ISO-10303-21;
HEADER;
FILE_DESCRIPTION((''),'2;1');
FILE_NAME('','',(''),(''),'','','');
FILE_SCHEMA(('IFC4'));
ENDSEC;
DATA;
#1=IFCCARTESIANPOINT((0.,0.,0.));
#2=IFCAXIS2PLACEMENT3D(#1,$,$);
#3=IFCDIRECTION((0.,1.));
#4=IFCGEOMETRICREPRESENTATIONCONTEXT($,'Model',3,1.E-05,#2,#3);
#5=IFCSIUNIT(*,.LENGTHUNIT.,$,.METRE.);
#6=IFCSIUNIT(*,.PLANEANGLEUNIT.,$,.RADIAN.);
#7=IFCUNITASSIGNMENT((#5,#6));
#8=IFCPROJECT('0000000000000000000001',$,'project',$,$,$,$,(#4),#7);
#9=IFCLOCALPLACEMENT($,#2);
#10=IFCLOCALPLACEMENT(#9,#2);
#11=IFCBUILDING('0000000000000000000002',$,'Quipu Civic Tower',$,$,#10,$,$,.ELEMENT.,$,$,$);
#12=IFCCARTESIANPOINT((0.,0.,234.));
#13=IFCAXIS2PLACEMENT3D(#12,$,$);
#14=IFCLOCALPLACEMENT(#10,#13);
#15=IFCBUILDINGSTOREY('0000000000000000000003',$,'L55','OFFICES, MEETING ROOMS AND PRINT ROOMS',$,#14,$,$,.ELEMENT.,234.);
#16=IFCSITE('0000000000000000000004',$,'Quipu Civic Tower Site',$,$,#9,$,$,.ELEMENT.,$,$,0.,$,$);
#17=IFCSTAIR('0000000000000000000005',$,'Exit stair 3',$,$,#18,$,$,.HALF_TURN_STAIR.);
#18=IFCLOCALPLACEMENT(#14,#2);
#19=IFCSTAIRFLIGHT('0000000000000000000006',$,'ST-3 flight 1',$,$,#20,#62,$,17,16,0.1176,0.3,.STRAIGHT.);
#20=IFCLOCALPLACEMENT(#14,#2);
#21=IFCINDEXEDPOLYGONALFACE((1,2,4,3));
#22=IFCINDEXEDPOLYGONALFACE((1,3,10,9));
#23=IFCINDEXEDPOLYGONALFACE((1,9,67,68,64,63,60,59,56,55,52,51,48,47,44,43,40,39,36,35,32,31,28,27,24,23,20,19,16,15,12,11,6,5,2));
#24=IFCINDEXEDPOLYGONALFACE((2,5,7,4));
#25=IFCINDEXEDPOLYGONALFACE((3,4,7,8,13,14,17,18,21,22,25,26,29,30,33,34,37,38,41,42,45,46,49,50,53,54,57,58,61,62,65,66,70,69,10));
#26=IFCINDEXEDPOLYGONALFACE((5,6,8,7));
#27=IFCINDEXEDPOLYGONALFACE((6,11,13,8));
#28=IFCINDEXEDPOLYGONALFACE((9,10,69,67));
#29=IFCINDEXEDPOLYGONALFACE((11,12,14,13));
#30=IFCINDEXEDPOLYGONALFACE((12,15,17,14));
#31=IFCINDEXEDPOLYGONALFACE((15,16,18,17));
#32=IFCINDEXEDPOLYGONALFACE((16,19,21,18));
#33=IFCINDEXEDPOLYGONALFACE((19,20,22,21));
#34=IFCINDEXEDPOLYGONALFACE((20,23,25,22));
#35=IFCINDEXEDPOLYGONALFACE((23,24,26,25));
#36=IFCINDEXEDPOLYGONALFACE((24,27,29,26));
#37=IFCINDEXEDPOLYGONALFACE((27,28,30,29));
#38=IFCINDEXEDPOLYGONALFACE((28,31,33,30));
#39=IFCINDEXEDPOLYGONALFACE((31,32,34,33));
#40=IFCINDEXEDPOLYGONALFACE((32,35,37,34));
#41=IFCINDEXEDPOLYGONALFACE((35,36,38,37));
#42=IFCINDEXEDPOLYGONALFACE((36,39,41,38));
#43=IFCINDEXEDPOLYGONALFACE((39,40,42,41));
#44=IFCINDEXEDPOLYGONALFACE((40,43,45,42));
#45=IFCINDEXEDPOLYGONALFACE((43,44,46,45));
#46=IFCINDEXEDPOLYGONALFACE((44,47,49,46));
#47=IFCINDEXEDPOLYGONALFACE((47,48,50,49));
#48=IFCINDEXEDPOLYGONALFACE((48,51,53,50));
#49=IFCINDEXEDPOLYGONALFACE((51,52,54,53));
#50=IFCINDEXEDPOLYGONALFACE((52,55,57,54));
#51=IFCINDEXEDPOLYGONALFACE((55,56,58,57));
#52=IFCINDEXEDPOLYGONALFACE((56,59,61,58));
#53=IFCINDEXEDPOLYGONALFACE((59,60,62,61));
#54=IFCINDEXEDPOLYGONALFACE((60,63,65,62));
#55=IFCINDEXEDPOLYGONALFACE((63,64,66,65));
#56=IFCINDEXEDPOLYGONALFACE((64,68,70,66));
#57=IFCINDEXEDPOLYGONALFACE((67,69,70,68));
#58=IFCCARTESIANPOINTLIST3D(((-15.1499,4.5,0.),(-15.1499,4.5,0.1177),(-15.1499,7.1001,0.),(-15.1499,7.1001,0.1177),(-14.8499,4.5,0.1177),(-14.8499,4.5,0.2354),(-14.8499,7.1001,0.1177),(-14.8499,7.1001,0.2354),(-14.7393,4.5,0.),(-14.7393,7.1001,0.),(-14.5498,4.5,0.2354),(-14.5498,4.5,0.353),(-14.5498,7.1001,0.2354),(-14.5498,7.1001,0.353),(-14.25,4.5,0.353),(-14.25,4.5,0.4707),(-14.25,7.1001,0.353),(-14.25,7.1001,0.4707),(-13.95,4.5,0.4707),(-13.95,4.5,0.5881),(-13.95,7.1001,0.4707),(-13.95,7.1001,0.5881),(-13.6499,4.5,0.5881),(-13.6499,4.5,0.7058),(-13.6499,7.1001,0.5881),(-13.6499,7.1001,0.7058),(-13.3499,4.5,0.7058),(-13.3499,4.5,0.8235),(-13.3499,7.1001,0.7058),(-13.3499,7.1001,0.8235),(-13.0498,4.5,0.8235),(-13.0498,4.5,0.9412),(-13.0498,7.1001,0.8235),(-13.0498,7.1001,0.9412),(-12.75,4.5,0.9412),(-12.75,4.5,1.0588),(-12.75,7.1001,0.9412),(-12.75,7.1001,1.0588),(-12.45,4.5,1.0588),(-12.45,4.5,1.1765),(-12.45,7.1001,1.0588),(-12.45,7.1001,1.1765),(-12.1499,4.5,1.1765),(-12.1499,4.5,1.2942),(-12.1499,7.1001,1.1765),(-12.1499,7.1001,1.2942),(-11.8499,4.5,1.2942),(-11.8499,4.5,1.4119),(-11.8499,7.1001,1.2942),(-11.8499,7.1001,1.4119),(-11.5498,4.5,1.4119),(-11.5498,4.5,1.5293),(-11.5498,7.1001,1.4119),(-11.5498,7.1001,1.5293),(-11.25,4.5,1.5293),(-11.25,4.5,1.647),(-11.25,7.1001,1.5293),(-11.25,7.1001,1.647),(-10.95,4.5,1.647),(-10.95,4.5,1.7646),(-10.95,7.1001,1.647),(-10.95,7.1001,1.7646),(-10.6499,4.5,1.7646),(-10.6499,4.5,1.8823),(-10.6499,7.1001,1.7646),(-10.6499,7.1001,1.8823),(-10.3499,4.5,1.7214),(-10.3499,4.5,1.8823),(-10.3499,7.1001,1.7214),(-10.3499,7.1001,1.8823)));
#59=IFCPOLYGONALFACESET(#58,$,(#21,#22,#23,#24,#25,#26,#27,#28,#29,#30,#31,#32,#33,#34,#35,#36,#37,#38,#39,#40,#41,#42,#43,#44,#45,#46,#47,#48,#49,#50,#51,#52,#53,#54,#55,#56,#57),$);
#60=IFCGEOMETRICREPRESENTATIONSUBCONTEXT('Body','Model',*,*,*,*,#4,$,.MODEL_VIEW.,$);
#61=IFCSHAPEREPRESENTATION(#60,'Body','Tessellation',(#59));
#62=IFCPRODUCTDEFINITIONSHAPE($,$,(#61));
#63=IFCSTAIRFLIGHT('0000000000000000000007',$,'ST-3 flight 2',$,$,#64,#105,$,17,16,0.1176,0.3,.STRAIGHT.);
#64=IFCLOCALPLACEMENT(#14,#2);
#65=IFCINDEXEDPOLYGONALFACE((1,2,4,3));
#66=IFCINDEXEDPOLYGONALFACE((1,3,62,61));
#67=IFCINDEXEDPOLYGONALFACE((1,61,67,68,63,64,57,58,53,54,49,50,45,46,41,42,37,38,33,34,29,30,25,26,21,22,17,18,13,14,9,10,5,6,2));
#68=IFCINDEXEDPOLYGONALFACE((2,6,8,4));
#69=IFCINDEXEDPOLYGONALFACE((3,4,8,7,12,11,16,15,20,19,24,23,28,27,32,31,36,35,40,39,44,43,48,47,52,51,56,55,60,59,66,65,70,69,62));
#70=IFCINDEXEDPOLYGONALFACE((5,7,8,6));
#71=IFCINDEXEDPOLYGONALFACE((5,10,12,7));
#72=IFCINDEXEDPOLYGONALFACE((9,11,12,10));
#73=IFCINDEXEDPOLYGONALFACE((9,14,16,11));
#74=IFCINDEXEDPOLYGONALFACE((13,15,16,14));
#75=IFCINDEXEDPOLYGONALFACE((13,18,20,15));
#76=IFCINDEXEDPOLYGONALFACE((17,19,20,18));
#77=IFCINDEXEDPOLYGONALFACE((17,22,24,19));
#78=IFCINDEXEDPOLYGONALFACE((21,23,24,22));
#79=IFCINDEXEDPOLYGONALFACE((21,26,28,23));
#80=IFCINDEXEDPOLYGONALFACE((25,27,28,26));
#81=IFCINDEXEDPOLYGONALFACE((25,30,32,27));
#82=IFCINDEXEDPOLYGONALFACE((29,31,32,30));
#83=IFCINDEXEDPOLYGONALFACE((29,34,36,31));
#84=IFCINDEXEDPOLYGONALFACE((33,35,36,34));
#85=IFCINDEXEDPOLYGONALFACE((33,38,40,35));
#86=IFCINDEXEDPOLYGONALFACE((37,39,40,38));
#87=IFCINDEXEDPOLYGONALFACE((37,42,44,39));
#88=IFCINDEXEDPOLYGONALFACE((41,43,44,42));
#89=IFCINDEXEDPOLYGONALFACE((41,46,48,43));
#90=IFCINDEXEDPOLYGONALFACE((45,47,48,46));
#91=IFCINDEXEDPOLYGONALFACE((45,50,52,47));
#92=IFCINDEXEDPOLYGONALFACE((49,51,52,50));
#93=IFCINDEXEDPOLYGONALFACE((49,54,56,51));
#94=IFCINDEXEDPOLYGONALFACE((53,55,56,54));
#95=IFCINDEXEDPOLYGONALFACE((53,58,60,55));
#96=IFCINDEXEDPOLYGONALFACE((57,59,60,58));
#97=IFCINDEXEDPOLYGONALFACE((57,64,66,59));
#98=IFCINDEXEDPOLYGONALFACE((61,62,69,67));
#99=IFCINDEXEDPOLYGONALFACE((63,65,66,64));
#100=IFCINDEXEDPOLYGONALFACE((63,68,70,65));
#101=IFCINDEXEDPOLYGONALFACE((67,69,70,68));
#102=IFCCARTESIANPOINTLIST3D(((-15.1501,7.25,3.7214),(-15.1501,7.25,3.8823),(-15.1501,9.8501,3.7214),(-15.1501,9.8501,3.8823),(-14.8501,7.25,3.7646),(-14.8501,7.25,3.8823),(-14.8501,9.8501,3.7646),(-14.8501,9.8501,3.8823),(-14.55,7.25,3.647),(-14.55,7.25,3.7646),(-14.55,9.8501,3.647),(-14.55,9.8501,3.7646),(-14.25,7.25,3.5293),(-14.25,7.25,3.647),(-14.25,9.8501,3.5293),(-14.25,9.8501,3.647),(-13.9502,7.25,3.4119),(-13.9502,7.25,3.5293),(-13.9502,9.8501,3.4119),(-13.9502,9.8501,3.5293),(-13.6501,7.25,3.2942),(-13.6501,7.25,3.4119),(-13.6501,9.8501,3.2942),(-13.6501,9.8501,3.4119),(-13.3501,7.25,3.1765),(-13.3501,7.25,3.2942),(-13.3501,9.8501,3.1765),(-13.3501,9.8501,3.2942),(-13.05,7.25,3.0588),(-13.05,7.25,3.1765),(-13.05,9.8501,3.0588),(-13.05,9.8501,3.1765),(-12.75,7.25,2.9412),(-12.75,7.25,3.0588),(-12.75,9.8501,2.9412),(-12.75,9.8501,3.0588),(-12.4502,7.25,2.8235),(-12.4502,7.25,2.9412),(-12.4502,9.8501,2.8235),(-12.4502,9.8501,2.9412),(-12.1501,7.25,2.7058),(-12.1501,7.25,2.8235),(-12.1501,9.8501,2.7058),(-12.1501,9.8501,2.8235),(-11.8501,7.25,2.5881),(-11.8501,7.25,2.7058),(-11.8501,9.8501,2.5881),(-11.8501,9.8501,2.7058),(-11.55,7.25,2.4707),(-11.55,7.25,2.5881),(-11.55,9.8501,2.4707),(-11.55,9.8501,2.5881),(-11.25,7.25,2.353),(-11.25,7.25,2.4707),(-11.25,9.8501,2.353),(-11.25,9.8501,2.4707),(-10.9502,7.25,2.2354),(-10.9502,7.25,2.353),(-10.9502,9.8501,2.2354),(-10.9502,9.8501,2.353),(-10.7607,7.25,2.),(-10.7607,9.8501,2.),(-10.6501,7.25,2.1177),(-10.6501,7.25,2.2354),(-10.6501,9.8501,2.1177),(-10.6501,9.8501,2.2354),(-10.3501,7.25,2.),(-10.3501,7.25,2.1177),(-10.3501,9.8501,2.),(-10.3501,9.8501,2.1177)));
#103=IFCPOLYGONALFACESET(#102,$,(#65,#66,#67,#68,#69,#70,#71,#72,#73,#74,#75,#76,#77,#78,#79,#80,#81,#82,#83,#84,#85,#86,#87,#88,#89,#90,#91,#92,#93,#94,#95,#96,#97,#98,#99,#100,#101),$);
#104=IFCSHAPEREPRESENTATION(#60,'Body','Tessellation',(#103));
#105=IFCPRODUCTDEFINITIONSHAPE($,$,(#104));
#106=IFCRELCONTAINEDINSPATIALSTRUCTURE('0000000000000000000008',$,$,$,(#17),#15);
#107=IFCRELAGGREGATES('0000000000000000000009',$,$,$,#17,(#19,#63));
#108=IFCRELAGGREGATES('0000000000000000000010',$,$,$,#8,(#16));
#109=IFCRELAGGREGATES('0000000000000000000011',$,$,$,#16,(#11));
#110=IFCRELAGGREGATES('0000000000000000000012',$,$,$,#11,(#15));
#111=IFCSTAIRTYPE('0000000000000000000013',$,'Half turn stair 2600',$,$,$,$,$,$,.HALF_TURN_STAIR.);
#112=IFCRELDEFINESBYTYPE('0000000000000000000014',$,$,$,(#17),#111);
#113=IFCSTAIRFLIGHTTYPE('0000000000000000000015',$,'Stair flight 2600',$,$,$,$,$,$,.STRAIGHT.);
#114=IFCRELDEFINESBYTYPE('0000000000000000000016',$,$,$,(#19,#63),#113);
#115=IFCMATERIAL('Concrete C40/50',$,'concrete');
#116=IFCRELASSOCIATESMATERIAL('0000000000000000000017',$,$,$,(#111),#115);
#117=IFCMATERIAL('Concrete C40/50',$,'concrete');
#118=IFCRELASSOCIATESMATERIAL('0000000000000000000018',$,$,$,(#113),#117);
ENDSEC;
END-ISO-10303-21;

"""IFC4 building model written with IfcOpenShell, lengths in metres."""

from ifc_helpers import new_model, si_unit, direction, frame, origin, place, context, subcontext, project, spatial, polyline, outline, extrude, material, type_object, element, aggregate, save


model = new_model("IFC4")

# Units and contexts
model_context = context("Model", 3, precision=1e-05, world=origin(), true_north=direction((0.0, 1.0)))
body_context = subcontext(model_context, "Body", "Model", "MODEL_VIEW")
ifc_project = project(units=[si_unit("LENGTHUNIT", "METRE"), si_unit("PLANEANGLEUNIT", "RADIAN")], contexts=[model_context])

# Site, building, storey
site_placement = place(None, origin())
site = spatial("IfcSite", under=ifc_project, at=site_placement, Name="Quipu Civic Tower Site", CompositionType="ELEMENT", RefElevation=0.0)
building_placement = place(site_placement, origin())
building = spatial("IfcBuilding", under=site, at=building_placement, Name="Quipu Civic Tower", CompositionType="ELEMENT")
storey_placement = place(building_placement, frame((0.0, 0.0, 234.0)))
storey = spatial("IfcBuildingStorey", under=building, at=storey_placement, Name="L55", Description="OFFICES, MEETING ROOMS AND PRINT ROOMS", CompositionType="ELEMENT", Elevation=234.0)

# Stair, stair flights
ifc_material_1 = material(Name="Concrete C40/50", Category="concrete")
stair_type = type_object("IfcStairType", Name="Half turn stair 2600", PredefinedType="HALF_TURN_STAIR", material=ifc_material_1)
stair_placement = place(storey_placement, origin())
stair = element("IfcStair", 1, at=stair_placement, inside=storey, type_object=stair_type, Name="Exit stair 3", PredefinedType="HALF_TURN_STAIR")
ifc_material_2 = material(Name="Concrete C40/50", Category="concrete")
stair_flight_type = type_object("IfcStairFlightType", Name="Stair flight 2600", PredefinedType="STRAIGHT", material=ifc_material_2)
stair_flight_1_placement = place(storey_placement, frame((-15.1499, 5.8, 0.0), z_axis=(0.0, 0.0, 1.0), x_axis=(1.0, 0.0, 0.0)))
stair_flight_1 = element("IfcStairFlight", 2, at=stair_flight_1_placement, type_object=stair_flight_type, Name="ST-3 flight 1", NumberOfRisers=17, NumberOfTreads=16, PredefinedType="STRAIGHT", RiserHeight=0.1176, TreadLength=0.3, context=body_context, shape_type="SweptSolid", body=[
    extrude(outline(polyline([(0.0, 0.0), (0.0, 0.1177), (0.3, 0.1177), (0.3, 0.2354), (0.6001, 0.2354), (0.6001, 0.353), (0.8999, 0.353), (0.8999, 0.4707), (1.2, 0.4707), (1.2, 0.5881), (1.5, 0.5881), (1.5, 0.7058), (1.8, 0.7058), (1.8, 0.8235), (2.1001, 0.8235), (2.1001, 0.9412), (2.3999, 0.9412), (2.3999, 1.0588), (2.7, 1.0588), (2.7, 1.1765), (3.0, 1.1765), (3.0, 1.2942), (3.3, 1.2942), (3.3, 1.4119), (3.6001, 1.4119), (3.6001, 1.5293), (3.8999, 1.5293), (3.8999, 1.647), (4.2, 1.647), (4.2, 1.7646), (4.5, 1.7646), (4.5, 1.8823), (4.8, 1.8823), (4.8, 2.0), (4.8, 1.7214), (0.4106, 0.0), (0.0, 0.0)])), frame((0.0, 1.3, 0.0), z_axis=(0.0, -1.0, 0.0), x_axis=(1.0, 0.0, 0.0)), (0.0, 0.0, 1.0), 2.6001),
])
stair_flight_2_placement = place(storey_placement, frame((-10.3501, 8.55, 2.0), z_axis=(0.0, 0.0, 1.0), x_axis=(-1.0, 0.0, 0.0)))
stair_flight_2 = element("IfcStairFlight", 3, at=stair_flight_2_placement, type_object=stair_flight_type, Name="ST-3 flight 2", NumberOfRisers=17, NumberOfTreads=16, PredefinedType="STRAIGHT", RiserHeight=0.1176, TreadLength=0.3, context=body_context, shape_type="SweptSolid", body=[
    extrude(outline(polyline([(0.0, 0.0), (0.0, 0.1177), (0.3, 0.1177), (0.3, 0.2354), (0.6001, 0.2354), (0.6001, 0.353), (0.8999, 0.353), (0.8999, 0.4707), (1.2, 0.4707), (1.2, 0.5881), (1.5, 0.5881), (1.5, 0.7058), (1.8, 0.7058), (1.8, 0.8235), (2.1001, 0.8235), (2.1001, 0.9412), (2.3999, 0.9412), (2.3999, 1.0588), (2.7, 1.0588), (2.7, 1.1765), (3.0, 1.1765), (3.0, 1.2942), (3.3, 1.2942), (3.3, 1.4119), (3.6001, 1.4119), (3.6001, 1.5293), (3.8999, 1.5293), (3.8999, 1.647), (4.2, 1.647), (4.2, 1.7646), (4.5, 1.7646), (4.5, 1.8823), (4.8, 1.8823), (4.8, 2.0), (4.8, 1.7214), (0.4106, 0.0), (0.0, 0.0)])), frame((0.0, 1.3, 0.0), z_axis=(0.0, -1.0, 0.0), x_axis=(1.0, 0.0, 0.0)), (0.0, 0.0, 1.0), 2.6001),
])
aggregate(stair, [stair_flight_1, stair_flight_2])

save(model, "model.ifc")
